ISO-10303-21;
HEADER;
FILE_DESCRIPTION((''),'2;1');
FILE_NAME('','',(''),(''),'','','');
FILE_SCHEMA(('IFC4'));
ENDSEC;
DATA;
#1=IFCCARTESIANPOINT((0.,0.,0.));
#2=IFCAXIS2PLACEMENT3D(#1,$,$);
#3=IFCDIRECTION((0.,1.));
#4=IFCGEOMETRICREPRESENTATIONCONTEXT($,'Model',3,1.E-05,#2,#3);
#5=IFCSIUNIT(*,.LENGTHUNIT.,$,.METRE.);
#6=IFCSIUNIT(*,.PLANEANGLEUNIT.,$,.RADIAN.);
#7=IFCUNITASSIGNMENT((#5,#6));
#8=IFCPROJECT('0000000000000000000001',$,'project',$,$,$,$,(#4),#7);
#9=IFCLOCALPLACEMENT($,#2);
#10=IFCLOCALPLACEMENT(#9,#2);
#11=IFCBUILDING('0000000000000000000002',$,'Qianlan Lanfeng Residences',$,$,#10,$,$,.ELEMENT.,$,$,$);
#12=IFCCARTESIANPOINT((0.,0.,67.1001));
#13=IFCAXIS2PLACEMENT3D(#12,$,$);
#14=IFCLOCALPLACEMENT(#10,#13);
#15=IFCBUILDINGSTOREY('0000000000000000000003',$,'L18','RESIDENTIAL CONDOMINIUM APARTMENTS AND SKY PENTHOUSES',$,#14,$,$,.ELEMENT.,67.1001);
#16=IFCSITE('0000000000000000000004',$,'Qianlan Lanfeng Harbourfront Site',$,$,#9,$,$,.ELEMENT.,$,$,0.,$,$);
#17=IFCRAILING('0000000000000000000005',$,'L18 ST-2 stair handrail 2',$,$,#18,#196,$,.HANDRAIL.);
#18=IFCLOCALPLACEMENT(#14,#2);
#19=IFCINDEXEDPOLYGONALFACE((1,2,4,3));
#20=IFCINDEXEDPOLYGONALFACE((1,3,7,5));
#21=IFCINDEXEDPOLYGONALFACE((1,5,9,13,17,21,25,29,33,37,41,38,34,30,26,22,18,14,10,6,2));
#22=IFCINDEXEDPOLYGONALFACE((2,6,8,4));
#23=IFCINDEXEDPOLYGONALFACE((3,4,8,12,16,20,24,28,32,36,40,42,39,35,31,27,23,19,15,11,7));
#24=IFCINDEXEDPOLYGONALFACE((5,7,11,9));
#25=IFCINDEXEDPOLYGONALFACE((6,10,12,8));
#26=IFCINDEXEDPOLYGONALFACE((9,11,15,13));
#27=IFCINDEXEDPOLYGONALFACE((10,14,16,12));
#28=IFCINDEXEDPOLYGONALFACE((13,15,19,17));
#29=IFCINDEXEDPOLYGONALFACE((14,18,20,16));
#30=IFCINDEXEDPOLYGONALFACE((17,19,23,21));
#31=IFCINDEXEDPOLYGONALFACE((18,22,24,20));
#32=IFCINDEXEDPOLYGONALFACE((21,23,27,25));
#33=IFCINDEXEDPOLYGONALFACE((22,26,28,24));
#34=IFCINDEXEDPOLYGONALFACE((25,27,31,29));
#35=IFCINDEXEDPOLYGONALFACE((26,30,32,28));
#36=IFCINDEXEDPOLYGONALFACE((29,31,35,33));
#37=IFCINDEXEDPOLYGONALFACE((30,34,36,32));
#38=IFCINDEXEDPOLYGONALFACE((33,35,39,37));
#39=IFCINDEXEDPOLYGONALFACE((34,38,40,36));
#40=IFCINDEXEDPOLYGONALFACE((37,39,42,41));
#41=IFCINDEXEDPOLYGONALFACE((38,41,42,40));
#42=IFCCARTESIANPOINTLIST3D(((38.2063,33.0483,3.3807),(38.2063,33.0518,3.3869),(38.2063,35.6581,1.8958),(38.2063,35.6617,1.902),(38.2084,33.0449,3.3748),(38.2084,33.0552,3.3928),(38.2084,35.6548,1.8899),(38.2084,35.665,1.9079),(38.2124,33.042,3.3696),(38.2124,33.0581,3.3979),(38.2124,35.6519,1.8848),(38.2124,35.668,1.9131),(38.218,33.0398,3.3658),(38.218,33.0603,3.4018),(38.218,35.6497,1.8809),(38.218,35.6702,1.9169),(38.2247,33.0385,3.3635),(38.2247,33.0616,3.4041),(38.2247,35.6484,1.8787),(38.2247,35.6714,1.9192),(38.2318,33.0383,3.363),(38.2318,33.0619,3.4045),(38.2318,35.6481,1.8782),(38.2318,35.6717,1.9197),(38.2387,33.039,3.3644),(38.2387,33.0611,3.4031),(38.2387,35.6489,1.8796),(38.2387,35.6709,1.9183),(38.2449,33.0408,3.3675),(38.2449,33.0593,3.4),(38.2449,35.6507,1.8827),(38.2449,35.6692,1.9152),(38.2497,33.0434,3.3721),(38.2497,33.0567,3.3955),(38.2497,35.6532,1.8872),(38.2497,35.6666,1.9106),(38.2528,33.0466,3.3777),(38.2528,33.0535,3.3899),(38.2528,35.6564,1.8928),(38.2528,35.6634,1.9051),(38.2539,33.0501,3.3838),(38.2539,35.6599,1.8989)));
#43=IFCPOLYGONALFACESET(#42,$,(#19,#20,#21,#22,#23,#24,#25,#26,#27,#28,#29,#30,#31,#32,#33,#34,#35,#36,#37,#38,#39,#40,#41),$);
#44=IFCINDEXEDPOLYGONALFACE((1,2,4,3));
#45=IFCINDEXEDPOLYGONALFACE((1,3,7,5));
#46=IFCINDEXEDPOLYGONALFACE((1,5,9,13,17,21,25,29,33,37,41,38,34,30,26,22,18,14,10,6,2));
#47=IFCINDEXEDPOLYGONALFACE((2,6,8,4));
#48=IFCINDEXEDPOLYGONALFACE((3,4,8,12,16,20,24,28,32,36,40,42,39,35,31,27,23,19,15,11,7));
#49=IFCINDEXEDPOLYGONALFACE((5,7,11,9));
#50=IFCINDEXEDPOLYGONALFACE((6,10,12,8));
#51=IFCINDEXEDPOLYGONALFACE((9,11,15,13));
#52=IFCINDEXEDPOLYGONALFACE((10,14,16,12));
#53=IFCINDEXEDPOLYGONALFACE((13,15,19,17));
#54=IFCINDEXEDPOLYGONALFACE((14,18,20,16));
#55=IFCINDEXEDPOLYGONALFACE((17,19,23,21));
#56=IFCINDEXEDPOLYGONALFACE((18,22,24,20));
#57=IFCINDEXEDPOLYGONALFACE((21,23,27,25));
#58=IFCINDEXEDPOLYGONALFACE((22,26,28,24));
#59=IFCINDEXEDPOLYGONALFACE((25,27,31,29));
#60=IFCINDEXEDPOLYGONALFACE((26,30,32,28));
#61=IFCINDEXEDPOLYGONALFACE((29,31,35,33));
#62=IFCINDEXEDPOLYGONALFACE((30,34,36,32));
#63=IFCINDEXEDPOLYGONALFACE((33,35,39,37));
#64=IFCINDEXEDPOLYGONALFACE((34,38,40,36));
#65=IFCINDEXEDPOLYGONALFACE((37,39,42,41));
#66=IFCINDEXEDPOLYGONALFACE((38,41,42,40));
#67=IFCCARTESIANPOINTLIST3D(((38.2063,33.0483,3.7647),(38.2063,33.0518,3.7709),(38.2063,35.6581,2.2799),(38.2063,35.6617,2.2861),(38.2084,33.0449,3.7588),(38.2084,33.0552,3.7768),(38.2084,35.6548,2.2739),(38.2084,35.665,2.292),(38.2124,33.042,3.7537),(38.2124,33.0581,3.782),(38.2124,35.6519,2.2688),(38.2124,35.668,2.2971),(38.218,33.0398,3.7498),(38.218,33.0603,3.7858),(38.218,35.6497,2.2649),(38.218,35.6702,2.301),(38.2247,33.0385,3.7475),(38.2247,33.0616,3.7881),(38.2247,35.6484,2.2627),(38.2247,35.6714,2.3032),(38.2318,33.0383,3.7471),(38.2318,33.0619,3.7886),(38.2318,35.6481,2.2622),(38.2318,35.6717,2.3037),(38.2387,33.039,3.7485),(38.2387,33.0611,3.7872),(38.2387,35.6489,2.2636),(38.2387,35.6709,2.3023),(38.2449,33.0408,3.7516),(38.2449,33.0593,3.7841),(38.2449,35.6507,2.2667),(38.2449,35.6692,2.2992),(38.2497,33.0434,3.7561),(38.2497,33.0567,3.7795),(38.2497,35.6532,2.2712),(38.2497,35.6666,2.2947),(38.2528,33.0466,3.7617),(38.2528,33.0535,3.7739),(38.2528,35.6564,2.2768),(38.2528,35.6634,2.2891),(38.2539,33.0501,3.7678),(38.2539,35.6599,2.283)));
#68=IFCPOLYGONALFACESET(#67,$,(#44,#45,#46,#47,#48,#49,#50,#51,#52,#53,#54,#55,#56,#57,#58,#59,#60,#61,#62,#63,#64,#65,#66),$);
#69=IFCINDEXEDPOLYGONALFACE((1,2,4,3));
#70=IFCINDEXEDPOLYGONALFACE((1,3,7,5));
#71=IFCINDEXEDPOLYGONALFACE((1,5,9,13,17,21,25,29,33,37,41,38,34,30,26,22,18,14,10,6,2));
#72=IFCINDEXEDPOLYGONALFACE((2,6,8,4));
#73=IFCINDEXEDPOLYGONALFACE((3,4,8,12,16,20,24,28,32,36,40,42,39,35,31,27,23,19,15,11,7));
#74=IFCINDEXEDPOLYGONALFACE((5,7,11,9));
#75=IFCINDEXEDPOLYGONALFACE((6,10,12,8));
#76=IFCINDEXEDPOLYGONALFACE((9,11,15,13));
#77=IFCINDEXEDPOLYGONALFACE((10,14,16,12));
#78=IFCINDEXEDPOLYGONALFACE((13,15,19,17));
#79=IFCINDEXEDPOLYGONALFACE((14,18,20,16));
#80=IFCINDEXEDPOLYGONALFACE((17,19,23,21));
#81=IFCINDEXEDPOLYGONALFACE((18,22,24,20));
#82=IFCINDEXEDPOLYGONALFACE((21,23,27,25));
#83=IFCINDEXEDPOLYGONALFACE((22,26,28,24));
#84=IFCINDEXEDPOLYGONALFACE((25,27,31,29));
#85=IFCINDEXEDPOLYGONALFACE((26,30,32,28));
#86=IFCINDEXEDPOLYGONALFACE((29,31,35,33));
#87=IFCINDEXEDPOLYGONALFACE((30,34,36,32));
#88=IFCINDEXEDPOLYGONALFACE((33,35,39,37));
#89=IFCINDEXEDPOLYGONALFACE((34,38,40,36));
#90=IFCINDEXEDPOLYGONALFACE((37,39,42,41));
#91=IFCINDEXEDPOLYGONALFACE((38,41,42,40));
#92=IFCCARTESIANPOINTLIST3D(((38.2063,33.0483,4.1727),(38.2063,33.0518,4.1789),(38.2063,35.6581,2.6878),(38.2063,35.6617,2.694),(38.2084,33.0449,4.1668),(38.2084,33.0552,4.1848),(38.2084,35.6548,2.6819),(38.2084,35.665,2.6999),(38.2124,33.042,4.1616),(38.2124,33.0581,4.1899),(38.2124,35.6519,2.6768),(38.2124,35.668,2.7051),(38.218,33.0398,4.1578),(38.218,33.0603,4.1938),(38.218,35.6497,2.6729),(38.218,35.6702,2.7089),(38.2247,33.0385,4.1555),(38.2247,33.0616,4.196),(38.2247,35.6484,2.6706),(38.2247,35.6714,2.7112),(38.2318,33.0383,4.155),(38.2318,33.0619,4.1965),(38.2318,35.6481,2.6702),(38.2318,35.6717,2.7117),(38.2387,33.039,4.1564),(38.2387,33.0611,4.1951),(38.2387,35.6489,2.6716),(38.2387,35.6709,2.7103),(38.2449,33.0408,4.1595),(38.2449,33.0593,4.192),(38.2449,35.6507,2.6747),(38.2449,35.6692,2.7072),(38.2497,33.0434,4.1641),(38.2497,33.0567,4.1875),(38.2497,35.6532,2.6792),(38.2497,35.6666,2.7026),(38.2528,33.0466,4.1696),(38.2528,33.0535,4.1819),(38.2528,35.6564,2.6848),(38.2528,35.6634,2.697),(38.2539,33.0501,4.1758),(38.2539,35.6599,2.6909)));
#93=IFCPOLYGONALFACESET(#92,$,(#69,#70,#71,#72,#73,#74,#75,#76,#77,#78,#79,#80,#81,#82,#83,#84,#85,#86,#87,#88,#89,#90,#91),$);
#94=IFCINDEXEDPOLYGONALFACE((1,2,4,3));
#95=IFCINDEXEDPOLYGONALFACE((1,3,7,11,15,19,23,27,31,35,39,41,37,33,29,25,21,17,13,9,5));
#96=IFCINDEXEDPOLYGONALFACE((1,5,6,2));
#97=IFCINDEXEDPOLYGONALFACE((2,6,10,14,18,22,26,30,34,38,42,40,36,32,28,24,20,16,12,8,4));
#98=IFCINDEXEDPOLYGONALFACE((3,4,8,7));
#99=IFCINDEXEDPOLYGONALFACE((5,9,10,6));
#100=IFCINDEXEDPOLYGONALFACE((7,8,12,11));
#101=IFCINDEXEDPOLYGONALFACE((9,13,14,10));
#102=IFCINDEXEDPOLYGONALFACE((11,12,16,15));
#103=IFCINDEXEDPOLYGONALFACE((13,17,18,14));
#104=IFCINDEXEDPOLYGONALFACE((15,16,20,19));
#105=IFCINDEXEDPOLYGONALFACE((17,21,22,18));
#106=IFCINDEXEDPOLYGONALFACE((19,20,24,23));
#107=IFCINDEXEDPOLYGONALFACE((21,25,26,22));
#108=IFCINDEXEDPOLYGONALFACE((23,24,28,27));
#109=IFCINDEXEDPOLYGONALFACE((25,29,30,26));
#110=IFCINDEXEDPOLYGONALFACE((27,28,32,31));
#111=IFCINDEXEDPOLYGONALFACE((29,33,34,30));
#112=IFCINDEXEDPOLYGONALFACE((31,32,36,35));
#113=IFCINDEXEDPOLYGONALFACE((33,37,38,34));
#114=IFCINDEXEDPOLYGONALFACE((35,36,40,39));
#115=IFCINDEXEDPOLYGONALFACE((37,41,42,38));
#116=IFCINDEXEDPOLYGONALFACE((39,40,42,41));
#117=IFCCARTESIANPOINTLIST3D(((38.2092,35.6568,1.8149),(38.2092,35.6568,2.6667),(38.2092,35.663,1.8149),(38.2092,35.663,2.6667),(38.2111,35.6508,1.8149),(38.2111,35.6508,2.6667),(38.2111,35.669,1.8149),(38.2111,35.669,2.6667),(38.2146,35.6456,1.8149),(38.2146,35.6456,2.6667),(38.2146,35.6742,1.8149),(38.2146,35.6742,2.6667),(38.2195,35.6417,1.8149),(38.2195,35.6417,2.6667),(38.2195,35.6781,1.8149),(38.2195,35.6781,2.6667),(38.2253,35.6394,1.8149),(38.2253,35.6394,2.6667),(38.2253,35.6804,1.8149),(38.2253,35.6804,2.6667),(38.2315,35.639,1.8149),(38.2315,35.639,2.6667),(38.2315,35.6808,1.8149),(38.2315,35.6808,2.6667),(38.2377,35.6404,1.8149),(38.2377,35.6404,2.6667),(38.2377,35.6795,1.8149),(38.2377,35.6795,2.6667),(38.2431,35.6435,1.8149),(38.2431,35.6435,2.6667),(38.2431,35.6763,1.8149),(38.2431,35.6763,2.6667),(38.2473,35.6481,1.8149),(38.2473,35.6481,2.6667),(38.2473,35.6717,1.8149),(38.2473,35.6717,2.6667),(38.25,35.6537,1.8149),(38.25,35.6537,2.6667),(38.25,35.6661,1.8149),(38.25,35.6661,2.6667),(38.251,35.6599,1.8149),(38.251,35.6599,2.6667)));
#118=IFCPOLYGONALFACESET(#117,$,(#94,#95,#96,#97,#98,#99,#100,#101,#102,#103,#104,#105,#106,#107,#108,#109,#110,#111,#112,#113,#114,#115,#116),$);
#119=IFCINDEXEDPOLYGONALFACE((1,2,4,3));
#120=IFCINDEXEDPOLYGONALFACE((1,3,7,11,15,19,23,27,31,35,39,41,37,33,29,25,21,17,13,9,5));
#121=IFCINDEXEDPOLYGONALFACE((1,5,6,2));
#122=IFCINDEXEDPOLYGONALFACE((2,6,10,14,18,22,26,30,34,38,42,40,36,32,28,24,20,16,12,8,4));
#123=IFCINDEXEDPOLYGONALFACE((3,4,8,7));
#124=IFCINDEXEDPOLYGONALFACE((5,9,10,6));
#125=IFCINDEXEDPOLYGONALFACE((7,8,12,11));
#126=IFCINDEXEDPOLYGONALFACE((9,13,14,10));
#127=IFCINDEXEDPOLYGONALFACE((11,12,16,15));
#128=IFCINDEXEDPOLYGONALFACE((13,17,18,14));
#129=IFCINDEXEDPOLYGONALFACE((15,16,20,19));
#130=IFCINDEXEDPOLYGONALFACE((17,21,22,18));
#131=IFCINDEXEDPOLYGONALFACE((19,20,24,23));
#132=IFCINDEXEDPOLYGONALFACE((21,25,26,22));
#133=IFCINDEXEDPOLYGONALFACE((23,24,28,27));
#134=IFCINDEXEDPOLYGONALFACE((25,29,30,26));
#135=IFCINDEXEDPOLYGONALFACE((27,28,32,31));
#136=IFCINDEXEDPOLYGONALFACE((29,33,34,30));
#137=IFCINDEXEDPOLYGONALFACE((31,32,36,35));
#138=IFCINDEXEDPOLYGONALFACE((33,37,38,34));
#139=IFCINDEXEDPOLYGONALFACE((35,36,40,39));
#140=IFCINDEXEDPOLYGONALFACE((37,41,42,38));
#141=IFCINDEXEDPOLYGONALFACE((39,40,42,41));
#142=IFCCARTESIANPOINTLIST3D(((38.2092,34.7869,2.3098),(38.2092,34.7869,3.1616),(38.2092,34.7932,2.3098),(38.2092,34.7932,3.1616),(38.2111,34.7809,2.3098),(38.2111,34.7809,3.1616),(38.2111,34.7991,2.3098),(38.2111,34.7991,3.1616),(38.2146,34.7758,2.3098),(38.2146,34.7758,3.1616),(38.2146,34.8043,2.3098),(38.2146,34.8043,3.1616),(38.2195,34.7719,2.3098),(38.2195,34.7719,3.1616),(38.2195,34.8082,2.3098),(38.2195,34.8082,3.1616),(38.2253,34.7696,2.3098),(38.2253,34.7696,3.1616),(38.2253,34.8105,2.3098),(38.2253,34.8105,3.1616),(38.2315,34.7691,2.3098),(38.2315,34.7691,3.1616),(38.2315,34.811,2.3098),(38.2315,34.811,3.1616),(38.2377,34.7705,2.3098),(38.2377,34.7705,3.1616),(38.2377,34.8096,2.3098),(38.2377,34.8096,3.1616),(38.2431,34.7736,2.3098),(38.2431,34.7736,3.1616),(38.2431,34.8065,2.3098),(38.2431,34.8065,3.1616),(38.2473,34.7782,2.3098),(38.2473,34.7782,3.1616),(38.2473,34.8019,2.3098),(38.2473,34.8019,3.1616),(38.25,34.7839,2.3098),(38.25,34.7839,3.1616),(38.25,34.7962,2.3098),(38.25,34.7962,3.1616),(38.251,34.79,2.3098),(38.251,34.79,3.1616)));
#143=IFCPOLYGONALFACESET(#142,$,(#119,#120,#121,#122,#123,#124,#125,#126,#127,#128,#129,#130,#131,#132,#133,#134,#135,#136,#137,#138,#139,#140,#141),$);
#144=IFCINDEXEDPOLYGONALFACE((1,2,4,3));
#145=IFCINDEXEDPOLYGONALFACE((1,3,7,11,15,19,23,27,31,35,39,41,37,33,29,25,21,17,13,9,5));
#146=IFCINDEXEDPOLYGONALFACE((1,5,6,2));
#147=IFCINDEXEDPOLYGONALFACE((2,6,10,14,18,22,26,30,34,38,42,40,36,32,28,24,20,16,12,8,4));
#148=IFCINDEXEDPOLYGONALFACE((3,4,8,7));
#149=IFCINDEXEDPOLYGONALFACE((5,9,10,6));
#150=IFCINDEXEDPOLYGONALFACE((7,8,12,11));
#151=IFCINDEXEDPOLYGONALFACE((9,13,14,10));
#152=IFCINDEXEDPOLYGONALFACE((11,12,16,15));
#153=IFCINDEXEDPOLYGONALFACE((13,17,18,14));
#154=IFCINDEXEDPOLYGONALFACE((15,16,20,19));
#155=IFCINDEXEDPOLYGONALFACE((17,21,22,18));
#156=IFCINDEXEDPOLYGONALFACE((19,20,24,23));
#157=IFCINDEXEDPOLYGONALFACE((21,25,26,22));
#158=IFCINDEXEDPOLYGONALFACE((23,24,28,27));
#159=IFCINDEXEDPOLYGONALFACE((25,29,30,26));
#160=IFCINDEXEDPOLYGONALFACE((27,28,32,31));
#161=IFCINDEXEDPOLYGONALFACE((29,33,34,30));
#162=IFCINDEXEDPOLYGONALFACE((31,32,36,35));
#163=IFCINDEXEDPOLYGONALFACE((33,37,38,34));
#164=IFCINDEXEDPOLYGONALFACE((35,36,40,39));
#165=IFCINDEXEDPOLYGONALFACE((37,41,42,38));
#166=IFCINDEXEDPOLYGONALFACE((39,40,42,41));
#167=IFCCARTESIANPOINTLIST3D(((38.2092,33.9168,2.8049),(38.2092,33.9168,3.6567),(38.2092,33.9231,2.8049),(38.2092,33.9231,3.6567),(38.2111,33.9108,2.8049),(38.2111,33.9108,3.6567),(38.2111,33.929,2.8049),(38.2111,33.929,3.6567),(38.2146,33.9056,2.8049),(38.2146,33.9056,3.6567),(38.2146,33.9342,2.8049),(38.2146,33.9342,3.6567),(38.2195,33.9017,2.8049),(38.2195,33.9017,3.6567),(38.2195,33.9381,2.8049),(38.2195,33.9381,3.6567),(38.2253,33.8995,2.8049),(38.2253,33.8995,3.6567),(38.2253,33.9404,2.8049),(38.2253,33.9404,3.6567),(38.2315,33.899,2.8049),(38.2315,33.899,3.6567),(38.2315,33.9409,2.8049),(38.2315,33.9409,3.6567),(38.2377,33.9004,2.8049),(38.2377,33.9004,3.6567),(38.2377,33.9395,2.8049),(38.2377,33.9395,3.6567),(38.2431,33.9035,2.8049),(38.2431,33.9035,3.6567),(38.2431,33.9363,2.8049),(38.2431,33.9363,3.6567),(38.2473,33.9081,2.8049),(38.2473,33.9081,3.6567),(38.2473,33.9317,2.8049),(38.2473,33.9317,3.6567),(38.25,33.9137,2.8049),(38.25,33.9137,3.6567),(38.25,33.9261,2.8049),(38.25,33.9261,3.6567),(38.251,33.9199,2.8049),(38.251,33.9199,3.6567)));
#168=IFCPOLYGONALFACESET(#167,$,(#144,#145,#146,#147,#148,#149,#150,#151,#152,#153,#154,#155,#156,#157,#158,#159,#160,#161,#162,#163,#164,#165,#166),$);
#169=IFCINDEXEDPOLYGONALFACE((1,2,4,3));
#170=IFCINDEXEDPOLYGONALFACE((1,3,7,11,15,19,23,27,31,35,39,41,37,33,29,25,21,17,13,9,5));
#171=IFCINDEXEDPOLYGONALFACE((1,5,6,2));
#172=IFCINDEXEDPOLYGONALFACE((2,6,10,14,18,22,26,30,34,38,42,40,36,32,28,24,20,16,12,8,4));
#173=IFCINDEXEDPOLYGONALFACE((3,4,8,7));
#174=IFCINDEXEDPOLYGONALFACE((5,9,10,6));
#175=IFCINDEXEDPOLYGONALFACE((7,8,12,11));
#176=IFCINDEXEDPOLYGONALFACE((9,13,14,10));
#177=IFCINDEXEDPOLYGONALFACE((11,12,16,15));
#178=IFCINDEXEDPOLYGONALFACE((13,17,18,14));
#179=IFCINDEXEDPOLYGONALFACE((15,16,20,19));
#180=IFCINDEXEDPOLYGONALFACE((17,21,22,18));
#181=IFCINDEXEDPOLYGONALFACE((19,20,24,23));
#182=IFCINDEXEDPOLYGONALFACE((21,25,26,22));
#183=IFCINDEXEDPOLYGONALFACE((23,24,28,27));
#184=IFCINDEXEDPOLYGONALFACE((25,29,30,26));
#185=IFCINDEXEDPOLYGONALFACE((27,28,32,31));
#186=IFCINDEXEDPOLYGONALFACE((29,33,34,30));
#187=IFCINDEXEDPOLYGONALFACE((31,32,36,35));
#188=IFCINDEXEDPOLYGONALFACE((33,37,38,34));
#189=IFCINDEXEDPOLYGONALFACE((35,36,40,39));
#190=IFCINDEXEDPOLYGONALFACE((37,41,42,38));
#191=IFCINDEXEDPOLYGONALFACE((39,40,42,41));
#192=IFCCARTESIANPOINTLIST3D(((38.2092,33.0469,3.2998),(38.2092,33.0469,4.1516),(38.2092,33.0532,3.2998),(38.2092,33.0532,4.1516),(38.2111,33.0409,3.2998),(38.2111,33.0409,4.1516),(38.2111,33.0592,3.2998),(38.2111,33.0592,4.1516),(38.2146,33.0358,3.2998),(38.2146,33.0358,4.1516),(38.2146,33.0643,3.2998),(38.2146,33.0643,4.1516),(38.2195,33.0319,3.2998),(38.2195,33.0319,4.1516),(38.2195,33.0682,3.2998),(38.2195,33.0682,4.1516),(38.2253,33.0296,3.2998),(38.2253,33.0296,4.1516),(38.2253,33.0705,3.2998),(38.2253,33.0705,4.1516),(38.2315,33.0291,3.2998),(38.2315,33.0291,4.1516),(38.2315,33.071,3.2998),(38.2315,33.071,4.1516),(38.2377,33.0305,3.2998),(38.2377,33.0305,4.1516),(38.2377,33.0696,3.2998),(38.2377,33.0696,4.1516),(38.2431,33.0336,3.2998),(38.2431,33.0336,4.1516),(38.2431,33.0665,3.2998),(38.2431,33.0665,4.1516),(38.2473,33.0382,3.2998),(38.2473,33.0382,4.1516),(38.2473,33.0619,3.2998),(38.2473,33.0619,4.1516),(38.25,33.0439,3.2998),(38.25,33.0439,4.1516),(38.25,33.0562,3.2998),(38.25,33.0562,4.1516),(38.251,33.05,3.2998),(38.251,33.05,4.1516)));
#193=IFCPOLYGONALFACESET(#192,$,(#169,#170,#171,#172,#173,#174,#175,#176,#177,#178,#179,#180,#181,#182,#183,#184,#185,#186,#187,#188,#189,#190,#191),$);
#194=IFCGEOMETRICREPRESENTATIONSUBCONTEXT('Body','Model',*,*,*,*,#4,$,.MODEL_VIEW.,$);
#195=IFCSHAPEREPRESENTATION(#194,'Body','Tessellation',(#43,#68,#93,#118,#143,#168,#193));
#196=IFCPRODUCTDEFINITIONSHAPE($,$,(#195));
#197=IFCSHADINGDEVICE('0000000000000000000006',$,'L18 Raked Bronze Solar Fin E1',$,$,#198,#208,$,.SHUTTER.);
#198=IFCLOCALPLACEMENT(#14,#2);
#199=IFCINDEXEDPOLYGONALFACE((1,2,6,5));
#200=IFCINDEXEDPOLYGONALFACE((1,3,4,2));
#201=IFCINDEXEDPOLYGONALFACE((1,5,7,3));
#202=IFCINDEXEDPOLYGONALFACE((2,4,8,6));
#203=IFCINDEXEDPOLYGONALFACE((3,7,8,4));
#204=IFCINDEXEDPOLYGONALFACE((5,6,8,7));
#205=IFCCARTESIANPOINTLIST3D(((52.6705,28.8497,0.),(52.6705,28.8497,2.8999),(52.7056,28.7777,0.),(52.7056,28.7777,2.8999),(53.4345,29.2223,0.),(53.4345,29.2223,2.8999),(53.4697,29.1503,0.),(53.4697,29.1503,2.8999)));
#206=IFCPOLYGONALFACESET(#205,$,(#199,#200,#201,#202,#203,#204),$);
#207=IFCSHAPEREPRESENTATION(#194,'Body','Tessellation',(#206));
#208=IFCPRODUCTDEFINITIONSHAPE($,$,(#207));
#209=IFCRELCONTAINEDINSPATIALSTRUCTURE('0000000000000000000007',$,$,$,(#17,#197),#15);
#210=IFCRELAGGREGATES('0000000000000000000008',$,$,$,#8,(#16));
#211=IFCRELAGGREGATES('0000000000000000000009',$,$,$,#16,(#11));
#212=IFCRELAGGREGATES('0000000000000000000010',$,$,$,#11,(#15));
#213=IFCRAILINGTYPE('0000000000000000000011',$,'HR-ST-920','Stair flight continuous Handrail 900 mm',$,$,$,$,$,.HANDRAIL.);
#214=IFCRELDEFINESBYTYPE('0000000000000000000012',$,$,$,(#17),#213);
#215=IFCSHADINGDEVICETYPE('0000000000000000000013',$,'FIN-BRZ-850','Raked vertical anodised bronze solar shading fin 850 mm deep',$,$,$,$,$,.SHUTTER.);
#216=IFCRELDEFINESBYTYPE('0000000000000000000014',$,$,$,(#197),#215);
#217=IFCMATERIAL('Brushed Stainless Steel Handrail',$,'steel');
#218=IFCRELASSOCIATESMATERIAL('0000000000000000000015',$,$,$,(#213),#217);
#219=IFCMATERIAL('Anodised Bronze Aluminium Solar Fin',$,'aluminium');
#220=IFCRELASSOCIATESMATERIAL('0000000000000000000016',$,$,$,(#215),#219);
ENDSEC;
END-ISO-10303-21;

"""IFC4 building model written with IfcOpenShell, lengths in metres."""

from ifc_helpers import new_model, si_unit, direction, frame, origin, origin_2d, place, context, subcontext, project, spatial, rectangle, circle, extrude, source, transform, mapped, material, type_object, element, save


model = new_model("IFC4")

# Units and contexts
model_context = context("Model", 3, precision=1e-05, world=origin(), true_north=direction((0.0, 1.0)))
body_context = subcontext(model_context, "Body", "Model", "MODEL_VIEW")
ifc_project = project(units=[si_unit("LENGTHUNIT", "METRE"), si_unit("PLANEANGLEUNIT", "RADIAN")], contexts=[model_context])

# Site, building, storey
site_placement = place(None, origin())
site = spatial("IfcSite", under=ifc_project, at=site_placement, Name="Qianlan Lanfeng Harbourfront Site", CompositionType="ELEMENT", RefElevation=0.0)
building_placement = place(site_placement, origin())
building = spatial("IfcBuilding", under=site, at=building_placement, Name="Qianlan Lanfeng Residences", CompositionType="ELEMENT")
storey_placement = place(building_placement, frame((0.0, 0.0, 67.1001)))
storey = spatial("IfcBuildingStorey", under=building, at=storey_placement, Name="L18", Description="RESIDENTIAL CONDOMINIUM APARTMENTS AND SKY PENTHOUSES", CompositionType="ELEMENT", Elevation=67.1001)

# Railing
ifc_material_1 = material(Name="Brushed Stainless Steel Handrail", Category="steel")
railing_type_1 = type_object("IfcRailingType", Name="HR-ST-920", Description="Stair flight continuous Handrail 900 mm", PredefinedType="HANDRAIL", material=ifc_material_1)
railing_1_placement = place(storey_placement, frame((38.23, 35.6599, 1.8149)))
element("IfcRailing", 1, at=railing_1_placement, inside=storey, type_object=railing_type_1, Name="L18 ST-2 stair handrail 2", PredefinedType="HANDRAIL", context=body_context, shape_type="SweptSolid", body=[
    extrude(circle(Radius=0.0239, at=origin_2d()), frame((0.0, 0.0, 0.084), z_axis=(0.0, -0.869172, 0.494509), x_axis=(1.0, 0.0, 0.0)), (0.0, 0.0, 1.0), 3.0027),
    extrude(circle(Radius=0.0239, at=origin_2d()), frame((0.0, 0.0, 0.468), z_axis=(0.0, -0.869172, 0.494509), x_axis=(1.0, 0.0, 0.0)), (0.0, 0.0, 1.0), 3.0027),
    extrude(circle(Radius=0.0239, at=origin_2d()), frame((0.0, 0.0, 0.876), z_axis=(0.0, -0.869172, 0.494509), x_axis=(1.0, 0.0, 0.0)), (0.0, 0.0, 1.0), 3.0027),
    extrude(circle(Radius=0.021, at=origin_2d()), origin(), (0.0, 0.0, 1.0), 0.8518),
    extrude(circle(Radius=0.021, at=origin_2d()), frame((0.0, -0.8699, 0.4949)), (0.0, 0.0, 1.0), 0.8518),
    extrude(circle(Radius=0.021, at=origin_2d()), frame((0.0, -1.74, 0.99)), (0.0, 0.0, 1.0), 0.8518),
    extrude(circle(Radius=0.021, at=origin_2d()), frame((0.0, -2.6099, 1.4849)), (0.0, 0.0, 1.0), 0.8518),
])

# Shading device
ifc_material_2 = material(Name="Anodised Bronze Aluminium Solar Fin", Category="aluminium")
shading_device_type = type_object("IfcShadingDeviceType", Name="FIN-BRZ-850", Description="Raked vertical anodised bronze solar shading fin 850 mm deep", PredefinedType="SHUTTER", material=ifc_material_2)
shared_shape_1 = source(origin(), body_context, "Body", "SweptSolid", [
    extrude(rectangle(XDim=0.8501, YDim=0.0801, at=origin_2d()), origin(), (0.0, 0.0, 1.0), 2.8999),
])
for number, where, z_axis, x_axis, name in (
    (2, (53.0701, 29.0, 0.0), (0.0, 0.0, 1.0), (0.898794, 0.438371, 0.0), "L18 Raked Bronze Solar Fin E1"),
):
    element("IfcShadingDevice", number, at=place(storey_placement, frame(where, z_axis=z_axis, x_axis=x_axis)), inside=storey, type_object=shading_device_type, Name=name, PredefinedType="SHUTTER", context=body_context, shape_type="MappedRepresentation", body=[
        mapped(shared_shape_1, transform((0.0, 0.0, 0.0), scale=1.0)),
    ])

save(model, "model.ifc")
